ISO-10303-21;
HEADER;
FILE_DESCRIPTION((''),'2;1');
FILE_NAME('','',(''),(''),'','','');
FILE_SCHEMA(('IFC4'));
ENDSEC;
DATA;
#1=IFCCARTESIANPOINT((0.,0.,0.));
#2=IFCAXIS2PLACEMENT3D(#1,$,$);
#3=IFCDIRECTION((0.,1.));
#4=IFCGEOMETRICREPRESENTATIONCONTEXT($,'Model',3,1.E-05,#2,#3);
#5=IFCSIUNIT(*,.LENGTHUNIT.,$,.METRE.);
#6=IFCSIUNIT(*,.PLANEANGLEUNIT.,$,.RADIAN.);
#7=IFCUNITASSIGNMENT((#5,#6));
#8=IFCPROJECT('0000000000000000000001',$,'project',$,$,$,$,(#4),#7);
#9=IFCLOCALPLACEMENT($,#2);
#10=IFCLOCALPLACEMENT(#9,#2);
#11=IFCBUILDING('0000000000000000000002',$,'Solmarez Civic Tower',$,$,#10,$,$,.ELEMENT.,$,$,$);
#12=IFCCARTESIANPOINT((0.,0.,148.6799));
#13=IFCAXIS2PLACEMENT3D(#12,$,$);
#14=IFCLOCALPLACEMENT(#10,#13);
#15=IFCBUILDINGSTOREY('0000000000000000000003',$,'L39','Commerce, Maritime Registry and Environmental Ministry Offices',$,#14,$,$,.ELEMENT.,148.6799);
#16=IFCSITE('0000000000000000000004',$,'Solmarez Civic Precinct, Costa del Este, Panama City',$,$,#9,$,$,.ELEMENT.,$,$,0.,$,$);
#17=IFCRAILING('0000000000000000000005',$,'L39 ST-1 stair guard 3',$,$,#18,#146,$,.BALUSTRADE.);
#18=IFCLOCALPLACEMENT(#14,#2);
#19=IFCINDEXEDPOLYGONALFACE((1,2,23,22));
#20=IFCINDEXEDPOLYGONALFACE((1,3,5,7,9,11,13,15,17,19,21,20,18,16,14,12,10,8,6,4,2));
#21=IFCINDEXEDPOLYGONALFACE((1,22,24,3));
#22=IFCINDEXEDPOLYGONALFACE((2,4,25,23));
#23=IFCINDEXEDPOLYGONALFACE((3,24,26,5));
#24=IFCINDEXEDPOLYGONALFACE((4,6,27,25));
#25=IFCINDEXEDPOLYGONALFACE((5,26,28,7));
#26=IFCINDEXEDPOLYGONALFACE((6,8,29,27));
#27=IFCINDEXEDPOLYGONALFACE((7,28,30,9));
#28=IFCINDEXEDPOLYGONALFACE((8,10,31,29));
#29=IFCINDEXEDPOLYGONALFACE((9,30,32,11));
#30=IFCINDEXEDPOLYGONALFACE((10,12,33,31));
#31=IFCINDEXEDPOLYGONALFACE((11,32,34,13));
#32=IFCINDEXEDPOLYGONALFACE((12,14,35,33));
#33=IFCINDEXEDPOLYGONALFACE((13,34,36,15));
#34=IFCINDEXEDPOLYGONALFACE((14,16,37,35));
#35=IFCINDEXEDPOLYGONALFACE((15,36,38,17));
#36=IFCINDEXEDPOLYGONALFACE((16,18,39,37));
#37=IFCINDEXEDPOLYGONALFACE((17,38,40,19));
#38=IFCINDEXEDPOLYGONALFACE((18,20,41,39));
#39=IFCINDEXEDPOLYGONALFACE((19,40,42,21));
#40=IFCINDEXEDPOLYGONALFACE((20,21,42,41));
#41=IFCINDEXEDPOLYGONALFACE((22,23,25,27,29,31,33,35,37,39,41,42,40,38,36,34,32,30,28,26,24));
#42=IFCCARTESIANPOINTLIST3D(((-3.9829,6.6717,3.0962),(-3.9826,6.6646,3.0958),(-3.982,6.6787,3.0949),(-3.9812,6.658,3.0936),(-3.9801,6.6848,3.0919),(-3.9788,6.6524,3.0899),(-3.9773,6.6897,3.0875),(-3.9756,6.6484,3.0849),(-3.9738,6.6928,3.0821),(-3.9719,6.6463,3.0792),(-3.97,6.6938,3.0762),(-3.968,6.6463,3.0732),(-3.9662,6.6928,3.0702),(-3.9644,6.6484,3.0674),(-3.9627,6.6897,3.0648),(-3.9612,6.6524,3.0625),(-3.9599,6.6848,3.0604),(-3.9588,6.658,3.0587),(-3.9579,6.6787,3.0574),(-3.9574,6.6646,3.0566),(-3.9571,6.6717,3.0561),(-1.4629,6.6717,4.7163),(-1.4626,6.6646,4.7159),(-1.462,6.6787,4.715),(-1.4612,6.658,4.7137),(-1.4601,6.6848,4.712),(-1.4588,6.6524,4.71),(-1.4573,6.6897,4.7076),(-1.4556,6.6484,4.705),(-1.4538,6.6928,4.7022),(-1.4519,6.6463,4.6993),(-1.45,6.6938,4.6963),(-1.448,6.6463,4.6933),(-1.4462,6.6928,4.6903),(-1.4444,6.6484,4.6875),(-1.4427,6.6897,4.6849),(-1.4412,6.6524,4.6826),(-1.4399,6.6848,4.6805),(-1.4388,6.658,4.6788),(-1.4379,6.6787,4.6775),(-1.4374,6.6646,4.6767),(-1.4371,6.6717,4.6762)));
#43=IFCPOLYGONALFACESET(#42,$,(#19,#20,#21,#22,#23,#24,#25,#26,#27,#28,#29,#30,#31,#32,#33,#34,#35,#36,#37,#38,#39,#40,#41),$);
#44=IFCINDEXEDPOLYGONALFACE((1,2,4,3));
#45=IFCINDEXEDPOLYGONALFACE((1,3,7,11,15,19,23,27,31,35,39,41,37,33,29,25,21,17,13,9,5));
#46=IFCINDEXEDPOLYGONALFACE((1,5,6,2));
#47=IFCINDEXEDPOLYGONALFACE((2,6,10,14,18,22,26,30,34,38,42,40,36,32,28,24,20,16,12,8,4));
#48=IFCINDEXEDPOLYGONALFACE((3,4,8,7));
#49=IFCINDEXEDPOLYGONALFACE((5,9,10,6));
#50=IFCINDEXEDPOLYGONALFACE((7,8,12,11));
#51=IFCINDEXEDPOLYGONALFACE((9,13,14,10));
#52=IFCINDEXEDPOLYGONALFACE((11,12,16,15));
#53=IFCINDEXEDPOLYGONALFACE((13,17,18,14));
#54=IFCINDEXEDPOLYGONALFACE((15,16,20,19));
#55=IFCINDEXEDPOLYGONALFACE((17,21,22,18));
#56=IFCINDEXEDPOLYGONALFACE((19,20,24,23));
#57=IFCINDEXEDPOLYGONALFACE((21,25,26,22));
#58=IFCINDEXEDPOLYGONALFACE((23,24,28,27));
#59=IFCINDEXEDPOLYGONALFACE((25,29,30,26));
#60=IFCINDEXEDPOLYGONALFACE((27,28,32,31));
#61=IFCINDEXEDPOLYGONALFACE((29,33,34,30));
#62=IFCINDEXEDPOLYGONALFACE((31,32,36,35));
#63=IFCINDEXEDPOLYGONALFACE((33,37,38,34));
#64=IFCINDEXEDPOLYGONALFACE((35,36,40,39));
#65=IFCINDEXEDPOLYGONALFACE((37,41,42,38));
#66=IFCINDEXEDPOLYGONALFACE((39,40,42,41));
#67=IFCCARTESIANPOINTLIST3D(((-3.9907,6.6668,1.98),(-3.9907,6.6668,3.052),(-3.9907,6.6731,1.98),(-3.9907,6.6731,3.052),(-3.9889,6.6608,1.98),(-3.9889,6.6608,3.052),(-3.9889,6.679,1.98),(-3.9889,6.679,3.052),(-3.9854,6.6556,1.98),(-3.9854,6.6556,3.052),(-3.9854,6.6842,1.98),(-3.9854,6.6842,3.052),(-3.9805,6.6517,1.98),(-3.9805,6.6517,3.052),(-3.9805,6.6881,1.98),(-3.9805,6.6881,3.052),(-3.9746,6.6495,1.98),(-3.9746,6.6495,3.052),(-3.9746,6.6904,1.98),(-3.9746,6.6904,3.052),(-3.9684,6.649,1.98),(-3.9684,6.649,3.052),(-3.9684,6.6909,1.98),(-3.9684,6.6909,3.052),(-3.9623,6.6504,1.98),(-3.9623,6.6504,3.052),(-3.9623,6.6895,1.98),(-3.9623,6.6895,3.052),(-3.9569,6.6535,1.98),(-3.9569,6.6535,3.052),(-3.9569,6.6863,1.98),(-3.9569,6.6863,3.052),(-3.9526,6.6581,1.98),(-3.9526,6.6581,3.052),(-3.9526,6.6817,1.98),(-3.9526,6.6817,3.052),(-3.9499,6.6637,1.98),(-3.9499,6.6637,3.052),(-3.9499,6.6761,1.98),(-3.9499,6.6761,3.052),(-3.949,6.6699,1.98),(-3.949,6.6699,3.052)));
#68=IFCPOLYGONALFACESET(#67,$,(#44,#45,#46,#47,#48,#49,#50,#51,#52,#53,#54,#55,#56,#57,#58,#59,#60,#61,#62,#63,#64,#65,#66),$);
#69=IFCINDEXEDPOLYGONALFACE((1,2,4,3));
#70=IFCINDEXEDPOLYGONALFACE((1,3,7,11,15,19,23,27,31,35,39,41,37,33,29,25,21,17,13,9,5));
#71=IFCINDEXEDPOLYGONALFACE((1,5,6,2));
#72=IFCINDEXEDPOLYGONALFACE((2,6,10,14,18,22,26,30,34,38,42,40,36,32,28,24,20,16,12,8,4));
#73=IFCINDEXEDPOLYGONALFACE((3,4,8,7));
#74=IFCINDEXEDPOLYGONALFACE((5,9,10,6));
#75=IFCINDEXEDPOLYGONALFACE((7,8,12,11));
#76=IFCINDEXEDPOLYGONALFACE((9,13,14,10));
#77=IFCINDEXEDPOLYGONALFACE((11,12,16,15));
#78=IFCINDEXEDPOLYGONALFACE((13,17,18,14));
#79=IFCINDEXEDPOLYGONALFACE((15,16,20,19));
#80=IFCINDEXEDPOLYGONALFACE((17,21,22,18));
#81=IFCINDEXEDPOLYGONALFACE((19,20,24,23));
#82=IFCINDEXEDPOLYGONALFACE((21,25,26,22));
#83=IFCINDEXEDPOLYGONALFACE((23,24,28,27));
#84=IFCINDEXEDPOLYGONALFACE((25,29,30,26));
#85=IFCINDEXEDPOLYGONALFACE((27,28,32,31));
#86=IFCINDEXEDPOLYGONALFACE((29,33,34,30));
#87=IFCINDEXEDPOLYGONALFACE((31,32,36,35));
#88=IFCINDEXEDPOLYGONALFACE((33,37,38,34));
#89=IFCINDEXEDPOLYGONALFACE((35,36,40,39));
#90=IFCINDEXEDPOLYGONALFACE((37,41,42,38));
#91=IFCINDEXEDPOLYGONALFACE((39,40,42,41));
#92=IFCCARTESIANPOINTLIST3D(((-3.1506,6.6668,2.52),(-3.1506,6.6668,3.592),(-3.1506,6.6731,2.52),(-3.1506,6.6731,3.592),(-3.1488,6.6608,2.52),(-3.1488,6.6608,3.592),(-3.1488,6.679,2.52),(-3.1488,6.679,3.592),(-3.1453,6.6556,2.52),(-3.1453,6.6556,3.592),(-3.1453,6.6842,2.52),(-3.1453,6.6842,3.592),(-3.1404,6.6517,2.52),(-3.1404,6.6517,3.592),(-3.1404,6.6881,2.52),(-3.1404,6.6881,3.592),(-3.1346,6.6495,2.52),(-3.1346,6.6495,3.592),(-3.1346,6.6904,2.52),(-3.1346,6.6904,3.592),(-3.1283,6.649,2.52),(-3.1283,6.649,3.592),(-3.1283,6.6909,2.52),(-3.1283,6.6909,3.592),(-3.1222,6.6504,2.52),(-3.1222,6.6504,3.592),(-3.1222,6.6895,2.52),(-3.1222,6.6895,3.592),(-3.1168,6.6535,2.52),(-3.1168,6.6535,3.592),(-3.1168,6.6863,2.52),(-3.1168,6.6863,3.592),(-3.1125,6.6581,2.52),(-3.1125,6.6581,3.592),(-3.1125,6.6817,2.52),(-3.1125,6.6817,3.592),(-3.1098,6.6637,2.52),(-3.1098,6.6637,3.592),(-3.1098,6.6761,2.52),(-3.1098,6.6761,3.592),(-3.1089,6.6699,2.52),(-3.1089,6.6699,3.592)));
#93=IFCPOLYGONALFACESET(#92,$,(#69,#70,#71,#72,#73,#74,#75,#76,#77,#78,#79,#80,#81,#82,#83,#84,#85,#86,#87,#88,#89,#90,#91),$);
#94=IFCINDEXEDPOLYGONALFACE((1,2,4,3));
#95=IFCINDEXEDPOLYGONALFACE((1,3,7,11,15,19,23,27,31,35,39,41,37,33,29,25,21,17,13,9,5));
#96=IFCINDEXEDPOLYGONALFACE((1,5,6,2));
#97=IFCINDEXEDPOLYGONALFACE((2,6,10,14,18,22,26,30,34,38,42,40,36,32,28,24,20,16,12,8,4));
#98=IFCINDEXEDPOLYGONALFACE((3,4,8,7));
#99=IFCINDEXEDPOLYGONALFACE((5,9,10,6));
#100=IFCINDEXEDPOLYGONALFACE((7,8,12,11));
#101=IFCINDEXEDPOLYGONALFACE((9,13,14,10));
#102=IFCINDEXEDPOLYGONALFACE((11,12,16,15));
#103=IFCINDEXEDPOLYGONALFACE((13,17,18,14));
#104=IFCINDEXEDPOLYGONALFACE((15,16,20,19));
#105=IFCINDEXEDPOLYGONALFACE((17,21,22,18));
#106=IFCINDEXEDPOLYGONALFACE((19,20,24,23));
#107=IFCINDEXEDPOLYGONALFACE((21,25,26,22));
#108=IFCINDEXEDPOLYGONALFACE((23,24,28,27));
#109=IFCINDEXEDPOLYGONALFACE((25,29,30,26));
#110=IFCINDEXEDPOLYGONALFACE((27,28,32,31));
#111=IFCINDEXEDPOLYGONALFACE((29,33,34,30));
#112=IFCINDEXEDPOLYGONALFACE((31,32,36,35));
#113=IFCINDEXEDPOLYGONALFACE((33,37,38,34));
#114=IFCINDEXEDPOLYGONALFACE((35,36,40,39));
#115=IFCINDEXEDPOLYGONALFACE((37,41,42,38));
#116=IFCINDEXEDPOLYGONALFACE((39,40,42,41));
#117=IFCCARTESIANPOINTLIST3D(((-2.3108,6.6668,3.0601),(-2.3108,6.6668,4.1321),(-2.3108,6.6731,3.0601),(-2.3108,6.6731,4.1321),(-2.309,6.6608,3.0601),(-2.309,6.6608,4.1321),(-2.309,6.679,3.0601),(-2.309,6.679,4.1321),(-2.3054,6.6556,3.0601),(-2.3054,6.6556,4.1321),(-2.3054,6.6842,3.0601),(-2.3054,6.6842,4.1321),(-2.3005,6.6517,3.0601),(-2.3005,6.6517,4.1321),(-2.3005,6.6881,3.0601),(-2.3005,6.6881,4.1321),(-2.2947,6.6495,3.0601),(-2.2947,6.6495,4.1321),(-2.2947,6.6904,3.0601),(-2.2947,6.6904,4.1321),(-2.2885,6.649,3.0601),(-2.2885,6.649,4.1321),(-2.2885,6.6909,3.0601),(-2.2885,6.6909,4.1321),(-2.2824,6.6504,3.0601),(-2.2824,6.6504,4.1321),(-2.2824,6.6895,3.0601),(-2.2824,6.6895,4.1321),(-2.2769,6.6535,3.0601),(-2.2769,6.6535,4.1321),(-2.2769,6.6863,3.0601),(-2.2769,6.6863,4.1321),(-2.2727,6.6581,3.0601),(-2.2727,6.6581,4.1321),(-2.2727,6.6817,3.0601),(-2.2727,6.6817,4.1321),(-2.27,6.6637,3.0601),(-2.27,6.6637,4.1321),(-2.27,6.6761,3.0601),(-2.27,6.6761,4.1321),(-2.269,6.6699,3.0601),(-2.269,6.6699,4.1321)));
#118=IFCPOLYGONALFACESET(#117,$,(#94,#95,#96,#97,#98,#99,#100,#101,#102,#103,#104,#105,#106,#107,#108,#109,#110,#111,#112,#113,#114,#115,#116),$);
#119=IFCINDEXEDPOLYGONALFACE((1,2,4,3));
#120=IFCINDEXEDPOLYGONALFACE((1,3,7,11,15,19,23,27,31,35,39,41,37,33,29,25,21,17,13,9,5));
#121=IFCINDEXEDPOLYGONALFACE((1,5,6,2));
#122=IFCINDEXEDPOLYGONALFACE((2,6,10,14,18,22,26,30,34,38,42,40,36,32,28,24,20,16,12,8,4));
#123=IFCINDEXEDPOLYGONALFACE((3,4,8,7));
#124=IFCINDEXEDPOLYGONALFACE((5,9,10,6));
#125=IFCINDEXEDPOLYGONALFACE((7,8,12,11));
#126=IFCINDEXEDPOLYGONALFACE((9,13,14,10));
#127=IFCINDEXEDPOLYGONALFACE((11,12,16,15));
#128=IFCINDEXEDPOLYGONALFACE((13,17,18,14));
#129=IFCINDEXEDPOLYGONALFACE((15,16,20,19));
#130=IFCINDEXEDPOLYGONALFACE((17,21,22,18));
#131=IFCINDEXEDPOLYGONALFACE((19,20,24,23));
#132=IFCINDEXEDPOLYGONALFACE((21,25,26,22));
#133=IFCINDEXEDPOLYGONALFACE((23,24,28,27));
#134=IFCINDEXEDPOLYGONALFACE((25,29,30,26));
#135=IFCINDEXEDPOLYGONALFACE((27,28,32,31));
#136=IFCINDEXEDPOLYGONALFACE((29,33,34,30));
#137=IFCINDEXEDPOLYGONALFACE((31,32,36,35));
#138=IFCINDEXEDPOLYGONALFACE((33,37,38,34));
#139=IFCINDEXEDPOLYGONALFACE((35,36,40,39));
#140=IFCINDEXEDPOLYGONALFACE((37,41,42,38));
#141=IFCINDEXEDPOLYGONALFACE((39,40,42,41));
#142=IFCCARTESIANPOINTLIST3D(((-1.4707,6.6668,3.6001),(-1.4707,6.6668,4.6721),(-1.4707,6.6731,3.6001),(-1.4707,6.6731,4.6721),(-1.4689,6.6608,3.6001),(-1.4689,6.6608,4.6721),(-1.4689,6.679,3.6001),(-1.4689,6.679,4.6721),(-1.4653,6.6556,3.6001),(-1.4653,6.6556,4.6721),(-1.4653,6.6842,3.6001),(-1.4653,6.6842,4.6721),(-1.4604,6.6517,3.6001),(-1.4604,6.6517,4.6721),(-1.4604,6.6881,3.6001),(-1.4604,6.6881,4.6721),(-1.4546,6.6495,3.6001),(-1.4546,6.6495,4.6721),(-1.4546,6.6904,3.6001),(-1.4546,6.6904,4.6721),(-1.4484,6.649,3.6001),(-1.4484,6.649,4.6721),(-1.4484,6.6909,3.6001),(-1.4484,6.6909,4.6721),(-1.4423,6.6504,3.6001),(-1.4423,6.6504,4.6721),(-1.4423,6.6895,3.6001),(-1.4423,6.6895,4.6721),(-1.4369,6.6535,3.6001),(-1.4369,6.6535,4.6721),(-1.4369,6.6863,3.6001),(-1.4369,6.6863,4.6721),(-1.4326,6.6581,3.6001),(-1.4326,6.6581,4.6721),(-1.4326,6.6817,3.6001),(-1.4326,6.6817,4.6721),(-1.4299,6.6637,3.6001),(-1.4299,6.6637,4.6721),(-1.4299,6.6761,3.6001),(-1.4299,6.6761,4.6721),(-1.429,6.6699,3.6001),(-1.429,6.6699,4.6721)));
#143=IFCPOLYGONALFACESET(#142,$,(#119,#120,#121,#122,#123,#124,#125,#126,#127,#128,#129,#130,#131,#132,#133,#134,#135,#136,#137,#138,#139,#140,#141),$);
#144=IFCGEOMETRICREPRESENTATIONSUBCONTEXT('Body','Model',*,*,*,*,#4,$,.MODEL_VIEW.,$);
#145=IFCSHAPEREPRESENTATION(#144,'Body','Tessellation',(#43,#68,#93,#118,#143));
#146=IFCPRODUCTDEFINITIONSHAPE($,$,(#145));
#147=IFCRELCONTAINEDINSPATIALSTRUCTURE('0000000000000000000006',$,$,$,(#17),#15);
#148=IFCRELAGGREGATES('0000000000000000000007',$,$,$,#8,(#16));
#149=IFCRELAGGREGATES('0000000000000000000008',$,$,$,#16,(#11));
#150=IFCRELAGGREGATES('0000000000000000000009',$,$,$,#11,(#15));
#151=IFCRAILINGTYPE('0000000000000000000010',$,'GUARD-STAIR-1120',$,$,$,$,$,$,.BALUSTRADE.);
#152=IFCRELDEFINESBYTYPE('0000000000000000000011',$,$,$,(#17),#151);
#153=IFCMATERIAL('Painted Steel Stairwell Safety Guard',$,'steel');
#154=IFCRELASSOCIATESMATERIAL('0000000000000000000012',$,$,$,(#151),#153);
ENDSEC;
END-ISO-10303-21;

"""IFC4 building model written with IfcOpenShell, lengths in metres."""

from ifc_helpers import new_model, si_unit, direction, frame, origin, origin_2d, place, context, subcontext, project, spatial, circle, extrude, material, type_object, element, save


model = new_model("IFC4")

# Units and contexts
model_context = context("Model", 3, precision=1e-05, world=origin(), true_north=direction((0.0, 1.0)))
body_context = subcontext(model_context, "Body", "Model", "MODEL_VIEW")
ifc_project = project(units=[si_unit("LENGTHUNIT", "METRE"), si_unit("PLANEANGLEUNIT", "RADIAN")], contexts=[model_context])

# Site, building, storey
site_placement = place(None, origin())
site = spatial("IfcSite", under=ifc_project, at=site_placement, Name="Solmarez Civic Precinct, Costa del Este, Panama City", CompositionType="ELEMENT", RefElevation=0.0)
building_placement = place(site_placement, origin())
building = spatial("IfcBuilding", under=site, at=building_placement, Name="Solmarez Civic Tower", CompositionType="ELEMENT")
storey_placement = place(building_placement, frame((0.0, 0.0, 148.6799)))
storey = spatial("IfcBuildingStorey", under=building, at=storey_placement, Name="L39", Description="Commerce, Maritime Registry and Environmental Ministry Offices", CompositionType="ELEMENT", Elevation=148.6799)

# Railing
ifc_material_1 = material(Name="Painted Steel Stairwell Safety Guard", Category="steel")
railing_type_1 = type_object("IfcRailingType", Name="GUARD-STAIR-1120", PredefinedType="BALUSTRADE", material=ifc_material_1)
railing_1_placement = place(storey_placement, frame((-3.97, 6.6699, 1.98)))
element("IfcRailing", 1, at=railing_1_placement, inside=storey, type_object=railing_type_1, Name="L39 ST-1 stair guard 3", PredefinedType="BALUSTRADE", context=body_context, shape_type="SweptSolid", body=[
    extrude(circle(Radius=0.0239, at=origin_2d()), frame((0.0, 0.0, 1.0962), z_axis=(0.841163, 0.0, 0.540782), x_axis=(0.0, 1.0, 0.0)), (0.0, 0.0, 1.0), 2.9958),
    extrude(circle(Radius=0.021, at=origin_2d()), origin(), (0.0, 0.0, 1.0), 1.072),
    extrude(circle(Radius=0.021, at=origin_2d()), frame((0.8401, 0.0, 0.54)), (0.0, 0.0, 1.0), 1.072),
    extrude(circle(Radius=0.021, at=origin_2d()), frame((1.6799, 0.0, 1.0801)), (0.0, 0.0, 1.0), 1.072),
    extrude(circle(Radius=0.021, at=origin_2d()), frame((2.52, 0.0, 1.6201)), (0.0, 0.0, 1.0), 1.072),
])

save(model, "model.ifc")
